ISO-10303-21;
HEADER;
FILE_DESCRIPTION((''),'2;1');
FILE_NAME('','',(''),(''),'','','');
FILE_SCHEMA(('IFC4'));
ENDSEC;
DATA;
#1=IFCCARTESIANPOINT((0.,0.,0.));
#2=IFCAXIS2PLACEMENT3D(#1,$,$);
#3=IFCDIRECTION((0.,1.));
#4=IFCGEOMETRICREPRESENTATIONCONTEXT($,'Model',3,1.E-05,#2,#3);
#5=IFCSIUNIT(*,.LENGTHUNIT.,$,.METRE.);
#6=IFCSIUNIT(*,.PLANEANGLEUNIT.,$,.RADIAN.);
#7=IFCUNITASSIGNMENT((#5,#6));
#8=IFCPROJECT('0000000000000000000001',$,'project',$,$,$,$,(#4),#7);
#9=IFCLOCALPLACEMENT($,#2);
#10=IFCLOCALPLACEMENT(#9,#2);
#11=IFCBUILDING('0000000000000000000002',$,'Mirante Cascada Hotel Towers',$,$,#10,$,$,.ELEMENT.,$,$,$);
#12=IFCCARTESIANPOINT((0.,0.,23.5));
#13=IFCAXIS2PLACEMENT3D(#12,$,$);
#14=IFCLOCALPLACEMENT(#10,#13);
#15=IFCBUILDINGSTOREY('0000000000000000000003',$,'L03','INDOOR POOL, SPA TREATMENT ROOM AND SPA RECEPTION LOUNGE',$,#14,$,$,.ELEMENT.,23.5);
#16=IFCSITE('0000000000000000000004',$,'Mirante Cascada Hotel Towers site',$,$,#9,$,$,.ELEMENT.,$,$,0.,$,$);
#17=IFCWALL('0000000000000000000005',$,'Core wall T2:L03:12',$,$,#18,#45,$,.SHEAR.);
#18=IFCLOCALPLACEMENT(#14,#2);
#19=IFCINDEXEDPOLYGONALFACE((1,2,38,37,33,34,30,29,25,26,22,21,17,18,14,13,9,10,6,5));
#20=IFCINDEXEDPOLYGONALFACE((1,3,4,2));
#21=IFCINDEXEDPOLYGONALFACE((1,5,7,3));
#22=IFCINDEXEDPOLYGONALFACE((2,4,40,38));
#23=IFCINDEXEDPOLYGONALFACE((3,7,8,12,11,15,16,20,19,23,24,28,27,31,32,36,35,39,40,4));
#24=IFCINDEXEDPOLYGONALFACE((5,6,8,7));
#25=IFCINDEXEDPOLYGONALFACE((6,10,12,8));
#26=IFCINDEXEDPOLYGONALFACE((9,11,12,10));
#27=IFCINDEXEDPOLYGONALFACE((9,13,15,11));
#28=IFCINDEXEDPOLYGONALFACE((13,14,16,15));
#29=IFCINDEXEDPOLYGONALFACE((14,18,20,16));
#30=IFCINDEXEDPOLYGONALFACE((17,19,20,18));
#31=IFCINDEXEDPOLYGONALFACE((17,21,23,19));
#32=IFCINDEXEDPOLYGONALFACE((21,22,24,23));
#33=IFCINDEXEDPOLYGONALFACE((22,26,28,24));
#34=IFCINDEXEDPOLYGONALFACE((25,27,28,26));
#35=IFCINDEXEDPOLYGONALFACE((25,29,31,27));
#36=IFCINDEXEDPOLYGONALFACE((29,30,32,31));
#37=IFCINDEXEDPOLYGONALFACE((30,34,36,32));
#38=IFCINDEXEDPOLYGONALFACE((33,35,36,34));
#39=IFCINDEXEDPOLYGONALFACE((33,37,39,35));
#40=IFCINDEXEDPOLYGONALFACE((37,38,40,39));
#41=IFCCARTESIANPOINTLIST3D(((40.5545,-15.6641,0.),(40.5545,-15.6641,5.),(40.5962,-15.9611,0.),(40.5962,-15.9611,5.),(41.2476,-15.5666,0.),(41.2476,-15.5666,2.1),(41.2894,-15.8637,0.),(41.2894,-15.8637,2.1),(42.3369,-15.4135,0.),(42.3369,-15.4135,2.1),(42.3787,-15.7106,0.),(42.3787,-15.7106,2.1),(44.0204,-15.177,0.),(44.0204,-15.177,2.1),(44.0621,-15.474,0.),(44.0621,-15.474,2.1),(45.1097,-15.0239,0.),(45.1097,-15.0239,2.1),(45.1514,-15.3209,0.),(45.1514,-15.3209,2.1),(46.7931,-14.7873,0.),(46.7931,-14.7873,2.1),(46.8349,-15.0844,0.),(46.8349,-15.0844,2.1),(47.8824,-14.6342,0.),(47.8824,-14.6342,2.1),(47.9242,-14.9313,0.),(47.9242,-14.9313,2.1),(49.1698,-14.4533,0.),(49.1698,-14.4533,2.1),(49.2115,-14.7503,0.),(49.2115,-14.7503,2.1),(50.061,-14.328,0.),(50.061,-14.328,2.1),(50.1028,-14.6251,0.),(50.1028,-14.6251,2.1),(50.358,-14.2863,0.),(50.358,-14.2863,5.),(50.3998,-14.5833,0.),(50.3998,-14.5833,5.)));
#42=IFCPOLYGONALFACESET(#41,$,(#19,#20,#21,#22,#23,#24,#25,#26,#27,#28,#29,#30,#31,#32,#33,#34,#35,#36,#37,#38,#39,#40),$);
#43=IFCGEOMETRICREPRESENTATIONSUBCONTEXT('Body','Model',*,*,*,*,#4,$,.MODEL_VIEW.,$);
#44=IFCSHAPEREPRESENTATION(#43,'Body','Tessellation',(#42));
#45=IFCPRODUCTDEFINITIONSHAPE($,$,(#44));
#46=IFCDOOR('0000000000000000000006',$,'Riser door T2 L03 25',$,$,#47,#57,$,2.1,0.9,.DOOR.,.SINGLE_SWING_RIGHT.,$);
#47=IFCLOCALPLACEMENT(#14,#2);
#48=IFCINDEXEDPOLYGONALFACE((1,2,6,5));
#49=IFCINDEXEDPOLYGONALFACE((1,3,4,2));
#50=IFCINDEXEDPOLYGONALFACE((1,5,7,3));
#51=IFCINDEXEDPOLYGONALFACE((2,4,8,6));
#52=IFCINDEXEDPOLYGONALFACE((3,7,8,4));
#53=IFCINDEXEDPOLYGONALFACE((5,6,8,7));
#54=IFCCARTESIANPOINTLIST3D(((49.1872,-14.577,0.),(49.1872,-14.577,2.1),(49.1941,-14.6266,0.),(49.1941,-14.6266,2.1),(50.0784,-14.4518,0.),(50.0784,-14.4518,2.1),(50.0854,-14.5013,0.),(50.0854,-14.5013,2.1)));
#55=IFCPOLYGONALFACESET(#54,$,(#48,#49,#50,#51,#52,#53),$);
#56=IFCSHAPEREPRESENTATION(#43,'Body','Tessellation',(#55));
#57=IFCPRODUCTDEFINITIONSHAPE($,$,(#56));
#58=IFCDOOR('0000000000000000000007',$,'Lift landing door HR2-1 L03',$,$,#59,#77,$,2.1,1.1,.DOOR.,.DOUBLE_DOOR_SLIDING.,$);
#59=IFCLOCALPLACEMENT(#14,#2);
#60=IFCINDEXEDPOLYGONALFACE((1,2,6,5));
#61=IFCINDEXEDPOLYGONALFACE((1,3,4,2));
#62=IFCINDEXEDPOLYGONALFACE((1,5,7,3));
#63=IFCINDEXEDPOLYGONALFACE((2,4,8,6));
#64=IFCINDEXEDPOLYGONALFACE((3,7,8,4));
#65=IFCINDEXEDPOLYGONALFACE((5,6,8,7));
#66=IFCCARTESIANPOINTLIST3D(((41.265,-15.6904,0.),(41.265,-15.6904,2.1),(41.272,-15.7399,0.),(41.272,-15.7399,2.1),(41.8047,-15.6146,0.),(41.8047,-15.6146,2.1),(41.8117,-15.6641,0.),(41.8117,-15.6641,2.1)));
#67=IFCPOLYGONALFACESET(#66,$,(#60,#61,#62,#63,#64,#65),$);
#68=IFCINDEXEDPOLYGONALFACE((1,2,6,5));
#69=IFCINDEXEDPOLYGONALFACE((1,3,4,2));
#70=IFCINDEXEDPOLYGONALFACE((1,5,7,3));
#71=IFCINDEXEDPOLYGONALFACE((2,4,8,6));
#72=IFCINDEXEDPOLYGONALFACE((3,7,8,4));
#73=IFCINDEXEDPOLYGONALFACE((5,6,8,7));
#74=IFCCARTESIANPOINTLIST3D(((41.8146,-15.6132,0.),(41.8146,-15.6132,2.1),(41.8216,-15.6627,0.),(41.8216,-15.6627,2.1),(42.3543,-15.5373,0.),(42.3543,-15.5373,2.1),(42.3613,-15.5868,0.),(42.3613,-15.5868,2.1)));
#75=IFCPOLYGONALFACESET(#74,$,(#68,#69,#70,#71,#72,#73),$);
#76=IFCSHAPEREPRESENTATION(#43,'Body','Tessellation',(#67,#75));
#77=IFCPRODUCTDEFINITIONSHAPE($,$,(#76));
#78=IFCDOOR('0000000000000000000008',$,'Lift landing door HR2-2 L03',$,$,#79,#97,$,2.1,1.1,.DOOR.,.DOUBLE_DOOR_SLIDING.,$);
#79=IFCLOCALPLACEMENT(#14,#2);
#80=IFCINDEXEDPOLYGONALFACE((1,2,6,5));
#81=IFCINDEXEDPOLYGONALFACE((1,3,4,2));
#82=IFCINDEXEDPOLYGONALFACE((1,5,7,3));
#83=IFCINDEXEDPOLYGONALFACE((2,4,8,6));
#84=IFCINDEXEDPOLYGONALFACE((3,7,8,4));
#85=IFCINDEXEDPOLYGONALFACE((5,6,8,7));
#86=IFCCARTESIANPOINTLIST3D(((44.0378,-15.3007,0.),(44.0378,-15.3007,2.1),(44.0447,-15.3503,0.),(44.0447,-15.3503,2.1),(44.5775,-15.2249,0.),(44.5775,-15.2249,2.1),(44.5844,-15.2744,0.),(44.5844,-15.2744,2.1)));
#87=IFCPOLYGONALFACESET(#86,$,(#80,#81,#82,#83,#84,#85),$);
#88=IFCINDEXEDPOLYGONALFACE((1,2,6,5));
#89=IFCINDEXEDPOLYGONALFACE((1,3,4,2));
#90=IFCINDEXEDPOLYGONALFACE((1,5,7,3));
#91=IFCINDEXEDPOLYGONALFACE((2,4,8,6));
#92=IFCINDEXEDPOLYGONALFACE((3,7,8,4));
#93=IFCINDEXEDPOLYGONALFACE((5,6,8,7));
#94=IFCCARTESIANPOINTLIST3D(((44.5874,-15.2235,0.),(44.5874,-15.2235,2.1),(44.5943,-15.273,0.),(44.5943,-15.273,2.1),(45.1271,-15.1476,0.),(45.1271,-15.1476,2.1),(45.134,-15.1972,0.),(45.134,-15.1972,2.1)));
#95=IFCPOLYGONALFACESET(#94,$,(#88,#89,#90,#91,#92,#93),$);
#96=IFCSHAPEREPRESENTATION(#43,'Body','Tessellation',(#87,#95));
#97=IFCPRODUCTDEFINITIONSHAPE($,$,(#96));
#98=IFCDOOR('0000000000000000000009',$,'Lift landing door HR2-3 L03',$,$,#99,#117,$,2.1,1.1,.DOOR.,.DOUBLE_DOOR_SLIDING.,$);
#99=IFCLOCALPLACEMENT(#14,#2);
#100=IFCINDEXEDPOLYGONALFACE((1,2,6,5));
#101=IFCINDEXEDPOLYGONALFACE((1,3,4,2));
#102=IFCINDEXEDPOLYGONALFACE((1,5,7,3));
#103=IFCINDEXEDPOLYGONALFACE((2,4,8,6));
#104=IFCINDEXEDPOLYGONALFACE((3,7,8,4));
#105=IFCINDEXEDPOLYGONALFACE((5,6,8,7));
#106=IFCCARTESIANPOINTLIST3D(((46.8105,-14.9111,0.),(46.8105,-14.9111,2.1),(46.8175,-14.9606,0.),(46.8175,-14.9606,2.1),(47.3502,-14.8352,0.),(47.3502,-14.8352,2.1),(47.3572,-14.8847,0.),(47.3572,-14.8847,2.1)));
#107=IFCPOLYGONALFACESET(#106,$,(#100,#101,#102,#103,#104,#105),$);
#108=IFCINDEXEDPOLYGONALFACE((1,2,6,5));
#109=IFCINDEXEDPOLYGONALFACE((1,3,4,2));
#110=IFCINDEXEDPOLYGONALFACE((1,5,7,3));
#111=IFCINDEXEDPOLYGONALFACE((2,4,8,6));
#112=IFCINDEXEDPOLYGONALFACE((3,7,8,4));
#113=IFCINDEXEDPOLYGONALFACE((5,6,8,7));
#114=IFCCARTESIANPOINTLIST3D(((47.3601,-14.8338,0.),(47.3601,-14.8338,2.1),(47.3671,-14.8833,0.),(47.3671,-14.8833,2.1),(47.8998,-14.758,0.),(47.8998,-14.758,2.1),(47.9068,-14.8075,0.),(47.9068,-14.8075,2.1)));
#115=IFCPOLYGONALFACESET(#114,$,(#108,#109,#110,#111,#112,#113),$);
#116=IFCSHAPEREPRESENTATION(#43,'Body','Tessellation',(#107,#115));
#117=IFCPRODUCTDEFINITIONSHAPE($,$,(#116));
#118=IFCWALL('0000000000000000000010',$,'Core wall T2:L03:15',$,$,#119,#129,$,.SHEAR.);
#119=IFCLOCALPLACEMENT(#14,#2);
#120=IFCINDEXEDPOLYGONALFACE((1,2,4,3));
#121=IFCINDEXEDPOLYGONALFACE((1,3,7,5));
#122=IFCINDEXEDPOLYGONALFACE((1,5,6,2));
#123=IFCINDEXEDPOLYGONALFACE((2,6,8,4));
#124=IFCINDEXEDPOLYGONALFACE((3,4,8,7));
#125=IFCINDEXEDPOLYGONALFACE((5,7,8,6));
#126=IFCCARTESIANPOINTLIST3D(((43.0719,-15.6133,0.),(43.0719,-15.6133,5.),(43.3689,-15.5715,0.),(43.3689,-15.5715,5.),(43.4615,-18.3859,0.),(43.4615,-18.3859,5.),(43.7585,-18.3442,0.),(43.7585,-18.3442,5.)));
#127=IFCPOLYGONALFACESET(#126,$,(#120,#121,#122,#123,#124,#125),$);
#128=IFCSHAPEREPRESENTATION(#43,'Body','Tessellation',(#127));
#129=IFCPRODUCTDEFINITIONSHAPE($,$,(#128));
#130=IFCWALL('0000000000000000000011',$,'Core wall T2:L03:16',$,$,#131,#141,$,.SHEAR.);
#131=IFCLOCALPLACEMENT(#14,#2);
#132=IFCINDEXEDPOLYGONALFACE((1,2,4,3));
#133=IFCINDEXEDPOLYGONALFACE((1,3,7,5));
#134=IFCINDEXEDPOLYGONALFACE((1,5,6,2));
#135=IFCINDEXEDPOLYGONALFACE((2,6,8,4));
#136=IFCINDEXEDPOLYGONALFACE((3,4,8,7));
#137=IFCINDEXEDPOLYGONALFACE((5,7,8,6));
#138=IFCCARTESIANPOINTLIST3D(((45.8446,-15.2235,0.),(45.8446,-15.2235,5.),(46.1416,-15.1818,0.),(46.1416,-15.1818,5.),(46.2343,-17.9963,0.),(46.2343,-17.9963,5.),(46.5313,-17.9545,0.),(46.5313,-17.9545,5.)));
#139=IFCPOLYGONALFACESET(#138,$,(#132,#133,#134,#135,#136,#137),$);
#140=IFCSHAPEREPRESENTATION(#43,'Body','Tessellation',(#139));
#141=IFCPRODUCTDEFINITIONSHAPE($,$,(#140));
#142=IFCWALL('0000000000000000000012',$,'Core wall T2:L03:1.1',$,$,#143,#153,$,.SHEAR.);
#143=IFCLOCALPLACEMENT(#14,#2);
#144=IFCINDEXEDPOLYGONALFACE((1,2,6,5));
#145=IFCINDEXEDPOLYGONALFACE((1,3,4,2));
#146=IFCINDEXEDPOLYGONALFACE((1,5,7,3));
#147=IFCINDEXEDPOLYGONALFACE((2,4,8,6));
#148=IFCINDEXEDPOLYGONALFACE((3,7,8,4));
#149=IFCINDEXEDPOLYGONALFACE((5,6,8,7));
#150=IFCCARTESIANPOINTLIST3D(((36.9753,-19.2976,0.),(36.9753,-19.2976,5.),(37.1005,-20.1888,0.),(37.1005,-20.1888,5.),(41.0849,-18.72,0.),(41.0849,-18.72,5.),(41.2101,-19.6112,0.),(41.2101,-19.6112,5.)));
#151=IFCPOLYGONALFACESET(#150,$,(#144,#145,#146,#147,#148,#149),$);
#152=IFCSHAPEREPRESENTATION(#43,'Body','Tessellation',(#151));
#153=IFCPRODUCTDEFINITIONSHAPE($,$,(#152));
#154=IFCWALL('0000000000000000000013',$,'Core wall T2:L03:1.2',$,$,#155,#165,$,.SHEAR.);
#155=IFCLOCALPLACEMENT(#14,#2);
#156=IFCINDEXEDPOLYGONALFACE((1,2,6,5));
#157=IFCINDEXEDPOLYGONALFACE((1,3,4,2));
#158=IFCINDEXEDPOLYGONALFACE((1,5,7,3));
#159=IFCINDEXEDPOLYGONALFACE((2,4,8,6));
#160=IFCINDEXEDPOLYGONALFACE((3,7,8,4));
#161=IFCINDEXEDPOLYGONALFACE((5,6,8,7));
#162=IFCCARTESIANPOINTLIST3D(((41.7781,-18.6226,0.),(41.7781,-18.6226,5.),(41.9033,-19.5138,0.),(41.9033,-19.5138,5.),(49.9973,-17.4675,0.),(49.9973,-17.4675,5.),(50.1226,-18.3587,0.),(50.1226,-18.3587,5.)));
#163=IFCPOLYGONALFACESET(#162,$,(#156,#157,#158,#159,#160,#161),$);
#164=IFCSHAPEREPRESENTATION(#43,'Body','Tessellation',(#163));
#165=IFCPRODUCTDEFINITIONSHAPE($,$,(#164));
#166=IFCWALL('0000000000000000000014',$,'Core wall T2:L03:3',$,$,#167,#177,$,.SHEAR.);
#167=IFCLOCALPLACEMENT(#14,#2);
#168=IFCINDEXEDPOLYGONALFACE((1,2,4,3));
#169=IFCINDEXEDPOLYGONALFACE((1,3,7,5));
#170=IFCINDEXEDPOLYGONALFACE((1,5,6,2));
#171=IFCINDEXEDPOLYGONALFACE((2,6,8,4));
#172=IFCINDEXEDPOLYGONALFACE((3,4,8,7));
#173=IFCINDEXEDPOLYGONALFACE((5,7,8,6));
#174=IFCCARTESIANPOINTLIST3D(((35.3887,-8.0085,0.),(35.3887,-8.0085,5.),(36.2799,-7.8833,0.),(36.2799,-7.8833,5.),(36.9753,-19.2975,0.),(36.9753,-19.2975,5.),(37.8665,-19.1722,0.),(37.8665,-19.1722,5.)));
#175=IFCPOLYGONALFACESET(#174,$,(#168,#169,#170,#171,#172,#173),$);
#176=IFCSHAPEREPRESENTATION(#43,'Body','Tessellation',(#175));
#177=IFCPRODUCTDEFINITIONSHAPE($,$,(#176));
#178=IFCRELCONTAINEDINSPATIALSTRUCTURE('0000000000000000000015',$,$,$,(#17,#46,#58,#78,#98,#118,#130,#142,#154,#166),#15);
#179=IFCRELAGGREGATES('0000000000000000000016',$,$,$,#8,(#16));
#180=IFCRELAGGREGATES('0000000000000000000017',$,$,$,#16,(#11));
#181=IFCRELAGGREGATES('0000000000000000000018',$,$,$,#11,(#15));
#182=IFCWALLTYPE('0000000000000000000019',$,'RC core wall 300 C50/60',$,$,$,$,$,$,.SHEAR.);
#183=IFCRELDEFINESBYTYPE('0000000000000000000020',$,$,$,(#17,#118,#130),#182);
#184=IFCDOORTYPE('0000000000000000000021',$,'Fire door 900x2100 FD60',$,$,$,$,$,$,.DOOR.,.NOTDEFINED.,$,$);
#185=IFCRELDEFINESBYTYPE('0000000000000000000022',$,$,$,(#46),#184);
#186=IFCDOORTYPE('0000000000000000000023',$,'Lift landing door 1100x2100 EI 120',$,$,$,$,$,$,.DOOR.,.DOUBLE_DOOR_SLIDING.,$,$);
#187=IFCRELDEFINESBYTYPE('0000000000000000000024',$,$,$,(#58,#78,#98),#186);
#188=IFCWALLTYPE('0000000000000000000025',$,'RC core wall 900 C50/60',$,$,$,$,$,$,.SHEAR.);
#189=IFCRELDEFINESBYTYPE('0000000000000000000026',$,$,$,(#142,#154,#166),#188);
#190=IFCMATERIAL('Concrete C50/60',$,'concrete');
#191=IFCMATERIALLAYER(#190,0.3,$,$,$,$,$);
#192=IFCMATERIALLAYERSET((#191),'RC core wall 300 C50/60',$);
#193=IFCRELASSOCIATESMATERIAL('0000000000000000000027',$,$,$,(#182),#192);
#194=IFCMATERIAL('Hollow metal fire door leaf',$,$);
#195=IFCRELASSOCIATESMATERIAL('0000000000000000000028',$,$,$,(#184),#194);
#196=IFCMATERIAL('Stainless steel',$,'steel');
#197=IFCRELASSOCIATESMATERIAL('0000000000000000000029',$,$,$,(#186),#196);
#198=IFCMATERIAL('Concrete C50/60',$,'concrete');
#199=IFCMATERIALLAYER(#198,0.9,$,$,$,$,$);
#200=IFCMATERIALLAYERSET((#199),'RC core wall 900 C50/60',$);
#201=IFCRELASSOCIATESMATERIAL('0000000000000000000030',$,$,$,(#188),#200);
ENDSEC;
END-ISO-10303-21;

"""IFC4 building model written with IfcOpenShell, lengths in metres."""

from ifc_helpers import new_model, si_unit, direction, frame, frame_2d, origin, place, context, subcontext, project, spatial, rectangle, extrude, material, layer, layer_set, type_object, element, fill, save


model = new_model("IFC4")

# Units and contexts
model_context = context("Model", 3, precision=1e-05, world=origin(), true_north=direction((0.0, 1.0)))
body_context = subcontext(model_context, "Body", "Model", "MODEL_VIEW")
ifc_project = project(units=[si_unit("LENGTHUNIT", "METRE"), si_unit("PLANEANGLEUNIT", "RADIAN")], contexts=[model_context])

# Site, building, storey
site_placement = place(None, origin())
site = spatial("IfcSite", under=ifc_project, at=site_placement, Name="Mirante Cascada Hotel Towers site", CompositionType="ELEMENT", RefElevation=0.0)
building_placement = place(site_placement, origin())
building = spatial("IfcBuilding", under=site, at=building_placement, Name="Mirante Cascada Hotel Towers", CompositionType="ELEMENT")
storey_placement = place(building_placement, frame((0.0, 0.0, 23.5)))
storey = spatial("IfcBuildingStorey", under=building, at=storey_placement, Name="L03", Description="INDOOR POOL, SPA TREATMENT ROOM AND SPA RECEPTION LOUNGE", CompositionType="ELEMENT", Elevation=23.5)

# Shared definitions
ifc_material_1 = material(Name="Concrete C50/60", Category="concrete")
ifc_layer_1 = layer(ifc_material_1, 0.3)
ifc_layer_set_1 = layer_set([ifc_layer_1], Name="RC core wall 300 C50/60")
wall_type_1 = type_object("IfcWallType", Name="RC core wall 300 C50/60", PredefinedType="SHEAR", material=ifc_layer_set_1)

# Wall, openings, doors
wall_1_placement = place(storey_placement, frame((40.5753, -15.8126, 0.0), z_axis=(0.0, 0.0, 1.0), x_axis=(0.990268, 0.139173, 0.0)))
wall_1 = element("IfcWall", 1, at=wall_1_placement, inside=storey, type_object=wall_type_1, Name="Core wall T2:L03:12", PredefinedType="SHEAR", context=body_context, shape_type="SweptSolid", body=[
    extrude(rectangle(XDim=9.8999, YDim=0.3, at=frame_2d((4.95, 0.0))), origin(), (0.0, 0.0, 1.0), 5.0),
])
opening_1_placement = place(wall_1_placement, frame((0.7, 0.0, 0.0)))
opening_1 = element("IfcOpeningElement", 2, at=opening_1_placement, cuts=wall_1, PredefinedType="OPENING", context=body_context, shape_type="SweptSolid", body=[
    extrude(rectangle(XDim=1.1, YDim=2.1, at=frame_2d((0.55, 1.05))), frame((0.0, 0.15, 0.0), z_axis=(0.0, -1.0, 0.0), x_axis=(1.0, 0.0, 0.0)), (0.0, 0.0, 1.0), 0.3),
])
opening_2_placement = place(wall_1_placement, frame((3.5, 0.0, 0.0)))
opening_2 = element("IfcOpeningElement", 3, at=opening_2_placement, cuts=wall_1, PredefinedType="OPENING", context=body_context, shape_type="SweptSolid", body=[
    extrude(rectangle(XDim=1.1, YDim=2.1, at=frame_2d((0.55, 1.05))), frame((0.0, 0.15, 0.0), z_axis=(0.0, -1.0, 0.0), x_axis=(1.0, 0.0, 0.0)), (0.0, 0.0, 1.0), 0.3),
])
opening_3_placement = place(wall_1_placement, frame((6.3, 0.0, 0.0)))
opening_3 = element("IfcOpeningElement", 4, at=opening_3_placement, cuts=wall_1, PredefinedType="OPENING", context=body_context, shape_type="SweptSolid", body=[
    extrude(rectangle(XDim=1.1, YDim=2.1, at=frame_2d((0.55, 1.05))), frame((0.0, 0.15, 0.0), z_axis=(0.0, -1.0, 0.0), x_axis=(1.0, 0.0, 0.0)), (0.0, 0.0, 1.0), 0.3),
])
opening_4_placement = place(wall_1_placement, frame((8.7, 0.0, 0.0)))
opening_4 = element("IfcOpeningElement", 5, at=opening_4_placement, cuts=wall_1, PredefinedType="OPENING", context=body_context, shape_type="SweptSolid", body=[
    extrude(rectangle(XDim=0.9, YDim=2.1, at=frame_2d((0.45, 1.05))), frame((0.0, 0.15, 0.0), z_axis=(0.0, -1.0, 0.0), x_axis=(1.0, 0.0, 0.0)), (0.0, 0.0, 1.0), 0.3),
])
ifc_material_2 = material(Name="Hollow metal fire door leaf")
door_type_1 = type_object("IfcDoorType", Name="Fire door 900x2100 FD60", OperationType="NOTDEFINED", PredefinedType="DOOR", material=ifc_material_2)
door_1_placement = place(opening_4_placement, frame((0.9, 0.0, 0.0), z_axis=(0.0, 0.0, 1.0), x_axis=(-1.0, 0.0, 0.0)))
door_1 = element("IfcDoor", 6, at=door_1_placement, inside=storey, type_object=door_type_1, Name="Riser door T2 L03 25", OperationType="SINGLE_SWING_RIGHT", OverallHeight=2.1, OverallWidth=0.9, PredefinedType="DOOR", context=body_context, shape_type="SweptSolid", body=[
    extrude(rectangle(XDim=0.9, YDim=2.1, at=frame_2d((0.45, 1.05))), frame((0.0, 0.025, 0.0), z_axis=(0.0, -1.0, 0.0), x_axis=(1.0, 0.0, 0.0)), (0.0, 0.0, 1.0), 0.05),
])
fill(opening_4, door_1)
ifc_material_3 = material(Name="Stainless steel", Category="steel")
door_type_2 = type_object("IfcDoorType", Name="Lift landing door 1100x2100 EI 120", OperationType="DOUBLE_DOOR_SLIDING", PredefinedType="DOOR", material=ifc_material_3)
door_2_placement = place(opening_1_placement, origin())
door_2 = element("IfcDoor", 7, at=door_2_placement, inside=storey, type_object=door_type_2, Name="Lift landing door HR2-1 L03", OperationType="DOUBLE_DOOR_SLIDING", OverallHeight=2.1, OverallWidth=1.1, PredefinedType="DOOR", context=body_context, shape_type="SweptSolid", body=[
    extrude(rectangle(XDim=0.545, YDim=2.1, at=frame_2d((0.2725, 1.05))), frame((0.0, 0.025, 0.0), z_axis=(0.0, -1.0, 0.0), x_axis=(1.0, 0.0, 0.0)), (0.0, 0.0, 1.0), 0.05),
    extrude(rectangle(XDim=0.545, YDim=2.1, at=frame_2d((0.8275, 1.05))), frame((0.0, 0.025, 0.0), z_axis=(0.0, -1.0, 0.0), x_axis=(1.0, 0.0, 0.0)), (0.0, 0.0, 1.0), 0.05),
])
fill(opening_1, door_2)
door_3_placement = place(opening_2_placement, origin())
door_3 = element("IfcDoor", 8, at=door_3_placement, inside=storey, type_object=door_type_2, Name="Lift landing door HR2-2 L03", OperationType="DOUBLE_DOOR_SLIDING", OverallHeight=2.1, OverallWidth=1.1, PredefinedType="DOOR", context=body_context, shape_type="SweptSolid", body=[
    extrude(rectangle(XDim=0.545, YDim=2.1, at=frame_2d((0.2725, 1.05))), frame((0.0, 0.025, 0.0), z_axis=(0.0, -1.0, 0.0), x_axis=(1.0, 0.0, 0.0)), (0.0, 0.0, 1.0), 0.05),
    extrude(rectangle(XDim=0.545, YDim=2.1, at=frame_2d((0.8275, 1.05))), frame((0.0, 0.025, 0.0), z_axis=(0.0, -1.0, 0.0), x_axis=(1.0, 0.0, 0.0)), (0.0, 0.0, 1.0), 0.05),
])
fill(opening_2, door_3)
door_4_placement = place(opening_3_placement, origin())
door_4 = element("IfcDoor", 9, at=door_4_placement, inside=storey, type_object=door_type_2, Name="Lift landing door HR2-3 L03", OperationType="DOUBLE_DOOR_SLIDING", OverallHeight=2.1, OverallWidth=1.1, PredefinedType="DOOR", context=body_context, shape_type="SweptSolid", body=[
    extrude(rectangle(XDim=0.545, YDim=2.1, at=frame_2d((0.2725, 1.05))), frame((0.0, 0.025, 0.0), z_axis=(0.0, -1.0, 0.0), x_axis=(1.0, 0.0, 0.0)), (0.0, 0.0, 1.0), 0.05),
    extrude(rectangle(XDim=0.545, YDim=2.1, at=frame_2d((0.8275, 1.05))), frame((0.0, 0.025, 0.0), z_axis=(0.0, -1.0, 0.0), x_axis=(1.0, 0.0, 0.0)), (0.0, 0.0, 1.0), 0.05),
])
fill(opening_3, door_4)

# Walls
wall_2_placement = place(storey_placement, frame((43.61, -18.3651, 0.0), z_axis=(0.0, 0.0, 1.0), x_axis=(-0.139146, 0.990272, 0.0)))
element("IfcWall", 10, at=wall_2_placement, inside=storey, type_object=wall_type_1, Name="Core wall T2:L03:15", PredefinedType="SHEAR", context=body_context, shape_type="SweptSolid", body=[
    extrude(rectangle(XDim=2.7999, YDim=0.3, at=frame_2d((1.4, 0.0))), origin(), (0.0, 0.0, 1.0), 5.0),
])
wall_3_placement = place(storey_placement, frame((46.3828, -17.9754, 0.0), z_axis=(0.0, 0.0, 1.0), x_axis=(-0.139181, 0.990267, 0.0)))
element("IfcWall", 11, at=wall_3_placement, inside=storey, type_object=wall_type_1, Name="Core wall T2:L03:16", PredefinedType="SHEAR", context=body_context, shape_type="SweptSolid", body=[
    extrude(rectangle(XDim=2.8, YDim=0.3, at=frame_2d((1.4, 0.0))), origin(), (0.0, 0.0, 1.0), 5.0),
])
ifc_material_4 = material(Name="Concrete C50/60", Category="concrete")
ifc_layer_2 = layer(ifc_material_4, 0.9)
ifc_layer_set_2 = layer_set([ifc_layer_2], Name="RC core wall 900 C50/60")
wall_type_2 = type_object("IfcWallType", Name="RC core wall 900 C50/60", PredefinedType="SHEAR", material=ifc_layer_set_2)
wall_4_placement = place(storey_placement, frame((37.0379, -19.7432, 0.0), z_axis=(0.0, 0.0, 1.0), x_axis=(0.990267, 0.139181, 0.0)))
element("IfcWall", 12, at=wall_4_placement, inside=storey, type_object=wall_type_2, Name="Core wall T2:L03:1.1", PredefinedType="SHEAR", context=body_context, shape_type="SweptSolid", body=[
    extrude(rectangle(XDim=4.15, YDim=0.9, at=frame_2d((2.075, 0.0))), origin(), (0.0, 0.0, 1.0), 5.0),
])
wall_5_placement = place(storey_placement, frame((41.8407, -19.0682, 0.0), z_axis=(0.0, 0.0, 1.0), x_axis=(0.990269, 0.139169, 0.0)))
element("IfcWall", 13, at=wall_5_placement, inside=storey, type_object=wall_type_2, Name="Core wall T2:L03:1.2", PredefinedType="SHEAR", context=body_context, shape_type="SweptSolid", body=[
    extrude(rectangle(XDim=8.3, YDim=0.9, at=frame_2d((4.15, 0.0))), origin(), (0.0, 0.0, 1.0), 5.0),
])
wall_6_placement = place(storey_placement, frame((37.4209, -19.2349, 0.0), z_axis=(0.0, 0.0, 1.0), x_axis=(-0.139176, 0.990268, 0.0)))
element("IfcWall", 14, at=wall_6_placement, inside=storey, type_object=wall_type_2, Name="Core wall T2:L03:3", PredefinedType="SHEAR", context=body_context, shape_type="SweptSolid", body=[
    extrude(rectangle(XDim=11.3999, YDim=0.9, at=frame_2d((5.7, 0.0))), origin(), (0.0, 0.0, 1.0), 5.0),
])

save(model, "model.ifc")
